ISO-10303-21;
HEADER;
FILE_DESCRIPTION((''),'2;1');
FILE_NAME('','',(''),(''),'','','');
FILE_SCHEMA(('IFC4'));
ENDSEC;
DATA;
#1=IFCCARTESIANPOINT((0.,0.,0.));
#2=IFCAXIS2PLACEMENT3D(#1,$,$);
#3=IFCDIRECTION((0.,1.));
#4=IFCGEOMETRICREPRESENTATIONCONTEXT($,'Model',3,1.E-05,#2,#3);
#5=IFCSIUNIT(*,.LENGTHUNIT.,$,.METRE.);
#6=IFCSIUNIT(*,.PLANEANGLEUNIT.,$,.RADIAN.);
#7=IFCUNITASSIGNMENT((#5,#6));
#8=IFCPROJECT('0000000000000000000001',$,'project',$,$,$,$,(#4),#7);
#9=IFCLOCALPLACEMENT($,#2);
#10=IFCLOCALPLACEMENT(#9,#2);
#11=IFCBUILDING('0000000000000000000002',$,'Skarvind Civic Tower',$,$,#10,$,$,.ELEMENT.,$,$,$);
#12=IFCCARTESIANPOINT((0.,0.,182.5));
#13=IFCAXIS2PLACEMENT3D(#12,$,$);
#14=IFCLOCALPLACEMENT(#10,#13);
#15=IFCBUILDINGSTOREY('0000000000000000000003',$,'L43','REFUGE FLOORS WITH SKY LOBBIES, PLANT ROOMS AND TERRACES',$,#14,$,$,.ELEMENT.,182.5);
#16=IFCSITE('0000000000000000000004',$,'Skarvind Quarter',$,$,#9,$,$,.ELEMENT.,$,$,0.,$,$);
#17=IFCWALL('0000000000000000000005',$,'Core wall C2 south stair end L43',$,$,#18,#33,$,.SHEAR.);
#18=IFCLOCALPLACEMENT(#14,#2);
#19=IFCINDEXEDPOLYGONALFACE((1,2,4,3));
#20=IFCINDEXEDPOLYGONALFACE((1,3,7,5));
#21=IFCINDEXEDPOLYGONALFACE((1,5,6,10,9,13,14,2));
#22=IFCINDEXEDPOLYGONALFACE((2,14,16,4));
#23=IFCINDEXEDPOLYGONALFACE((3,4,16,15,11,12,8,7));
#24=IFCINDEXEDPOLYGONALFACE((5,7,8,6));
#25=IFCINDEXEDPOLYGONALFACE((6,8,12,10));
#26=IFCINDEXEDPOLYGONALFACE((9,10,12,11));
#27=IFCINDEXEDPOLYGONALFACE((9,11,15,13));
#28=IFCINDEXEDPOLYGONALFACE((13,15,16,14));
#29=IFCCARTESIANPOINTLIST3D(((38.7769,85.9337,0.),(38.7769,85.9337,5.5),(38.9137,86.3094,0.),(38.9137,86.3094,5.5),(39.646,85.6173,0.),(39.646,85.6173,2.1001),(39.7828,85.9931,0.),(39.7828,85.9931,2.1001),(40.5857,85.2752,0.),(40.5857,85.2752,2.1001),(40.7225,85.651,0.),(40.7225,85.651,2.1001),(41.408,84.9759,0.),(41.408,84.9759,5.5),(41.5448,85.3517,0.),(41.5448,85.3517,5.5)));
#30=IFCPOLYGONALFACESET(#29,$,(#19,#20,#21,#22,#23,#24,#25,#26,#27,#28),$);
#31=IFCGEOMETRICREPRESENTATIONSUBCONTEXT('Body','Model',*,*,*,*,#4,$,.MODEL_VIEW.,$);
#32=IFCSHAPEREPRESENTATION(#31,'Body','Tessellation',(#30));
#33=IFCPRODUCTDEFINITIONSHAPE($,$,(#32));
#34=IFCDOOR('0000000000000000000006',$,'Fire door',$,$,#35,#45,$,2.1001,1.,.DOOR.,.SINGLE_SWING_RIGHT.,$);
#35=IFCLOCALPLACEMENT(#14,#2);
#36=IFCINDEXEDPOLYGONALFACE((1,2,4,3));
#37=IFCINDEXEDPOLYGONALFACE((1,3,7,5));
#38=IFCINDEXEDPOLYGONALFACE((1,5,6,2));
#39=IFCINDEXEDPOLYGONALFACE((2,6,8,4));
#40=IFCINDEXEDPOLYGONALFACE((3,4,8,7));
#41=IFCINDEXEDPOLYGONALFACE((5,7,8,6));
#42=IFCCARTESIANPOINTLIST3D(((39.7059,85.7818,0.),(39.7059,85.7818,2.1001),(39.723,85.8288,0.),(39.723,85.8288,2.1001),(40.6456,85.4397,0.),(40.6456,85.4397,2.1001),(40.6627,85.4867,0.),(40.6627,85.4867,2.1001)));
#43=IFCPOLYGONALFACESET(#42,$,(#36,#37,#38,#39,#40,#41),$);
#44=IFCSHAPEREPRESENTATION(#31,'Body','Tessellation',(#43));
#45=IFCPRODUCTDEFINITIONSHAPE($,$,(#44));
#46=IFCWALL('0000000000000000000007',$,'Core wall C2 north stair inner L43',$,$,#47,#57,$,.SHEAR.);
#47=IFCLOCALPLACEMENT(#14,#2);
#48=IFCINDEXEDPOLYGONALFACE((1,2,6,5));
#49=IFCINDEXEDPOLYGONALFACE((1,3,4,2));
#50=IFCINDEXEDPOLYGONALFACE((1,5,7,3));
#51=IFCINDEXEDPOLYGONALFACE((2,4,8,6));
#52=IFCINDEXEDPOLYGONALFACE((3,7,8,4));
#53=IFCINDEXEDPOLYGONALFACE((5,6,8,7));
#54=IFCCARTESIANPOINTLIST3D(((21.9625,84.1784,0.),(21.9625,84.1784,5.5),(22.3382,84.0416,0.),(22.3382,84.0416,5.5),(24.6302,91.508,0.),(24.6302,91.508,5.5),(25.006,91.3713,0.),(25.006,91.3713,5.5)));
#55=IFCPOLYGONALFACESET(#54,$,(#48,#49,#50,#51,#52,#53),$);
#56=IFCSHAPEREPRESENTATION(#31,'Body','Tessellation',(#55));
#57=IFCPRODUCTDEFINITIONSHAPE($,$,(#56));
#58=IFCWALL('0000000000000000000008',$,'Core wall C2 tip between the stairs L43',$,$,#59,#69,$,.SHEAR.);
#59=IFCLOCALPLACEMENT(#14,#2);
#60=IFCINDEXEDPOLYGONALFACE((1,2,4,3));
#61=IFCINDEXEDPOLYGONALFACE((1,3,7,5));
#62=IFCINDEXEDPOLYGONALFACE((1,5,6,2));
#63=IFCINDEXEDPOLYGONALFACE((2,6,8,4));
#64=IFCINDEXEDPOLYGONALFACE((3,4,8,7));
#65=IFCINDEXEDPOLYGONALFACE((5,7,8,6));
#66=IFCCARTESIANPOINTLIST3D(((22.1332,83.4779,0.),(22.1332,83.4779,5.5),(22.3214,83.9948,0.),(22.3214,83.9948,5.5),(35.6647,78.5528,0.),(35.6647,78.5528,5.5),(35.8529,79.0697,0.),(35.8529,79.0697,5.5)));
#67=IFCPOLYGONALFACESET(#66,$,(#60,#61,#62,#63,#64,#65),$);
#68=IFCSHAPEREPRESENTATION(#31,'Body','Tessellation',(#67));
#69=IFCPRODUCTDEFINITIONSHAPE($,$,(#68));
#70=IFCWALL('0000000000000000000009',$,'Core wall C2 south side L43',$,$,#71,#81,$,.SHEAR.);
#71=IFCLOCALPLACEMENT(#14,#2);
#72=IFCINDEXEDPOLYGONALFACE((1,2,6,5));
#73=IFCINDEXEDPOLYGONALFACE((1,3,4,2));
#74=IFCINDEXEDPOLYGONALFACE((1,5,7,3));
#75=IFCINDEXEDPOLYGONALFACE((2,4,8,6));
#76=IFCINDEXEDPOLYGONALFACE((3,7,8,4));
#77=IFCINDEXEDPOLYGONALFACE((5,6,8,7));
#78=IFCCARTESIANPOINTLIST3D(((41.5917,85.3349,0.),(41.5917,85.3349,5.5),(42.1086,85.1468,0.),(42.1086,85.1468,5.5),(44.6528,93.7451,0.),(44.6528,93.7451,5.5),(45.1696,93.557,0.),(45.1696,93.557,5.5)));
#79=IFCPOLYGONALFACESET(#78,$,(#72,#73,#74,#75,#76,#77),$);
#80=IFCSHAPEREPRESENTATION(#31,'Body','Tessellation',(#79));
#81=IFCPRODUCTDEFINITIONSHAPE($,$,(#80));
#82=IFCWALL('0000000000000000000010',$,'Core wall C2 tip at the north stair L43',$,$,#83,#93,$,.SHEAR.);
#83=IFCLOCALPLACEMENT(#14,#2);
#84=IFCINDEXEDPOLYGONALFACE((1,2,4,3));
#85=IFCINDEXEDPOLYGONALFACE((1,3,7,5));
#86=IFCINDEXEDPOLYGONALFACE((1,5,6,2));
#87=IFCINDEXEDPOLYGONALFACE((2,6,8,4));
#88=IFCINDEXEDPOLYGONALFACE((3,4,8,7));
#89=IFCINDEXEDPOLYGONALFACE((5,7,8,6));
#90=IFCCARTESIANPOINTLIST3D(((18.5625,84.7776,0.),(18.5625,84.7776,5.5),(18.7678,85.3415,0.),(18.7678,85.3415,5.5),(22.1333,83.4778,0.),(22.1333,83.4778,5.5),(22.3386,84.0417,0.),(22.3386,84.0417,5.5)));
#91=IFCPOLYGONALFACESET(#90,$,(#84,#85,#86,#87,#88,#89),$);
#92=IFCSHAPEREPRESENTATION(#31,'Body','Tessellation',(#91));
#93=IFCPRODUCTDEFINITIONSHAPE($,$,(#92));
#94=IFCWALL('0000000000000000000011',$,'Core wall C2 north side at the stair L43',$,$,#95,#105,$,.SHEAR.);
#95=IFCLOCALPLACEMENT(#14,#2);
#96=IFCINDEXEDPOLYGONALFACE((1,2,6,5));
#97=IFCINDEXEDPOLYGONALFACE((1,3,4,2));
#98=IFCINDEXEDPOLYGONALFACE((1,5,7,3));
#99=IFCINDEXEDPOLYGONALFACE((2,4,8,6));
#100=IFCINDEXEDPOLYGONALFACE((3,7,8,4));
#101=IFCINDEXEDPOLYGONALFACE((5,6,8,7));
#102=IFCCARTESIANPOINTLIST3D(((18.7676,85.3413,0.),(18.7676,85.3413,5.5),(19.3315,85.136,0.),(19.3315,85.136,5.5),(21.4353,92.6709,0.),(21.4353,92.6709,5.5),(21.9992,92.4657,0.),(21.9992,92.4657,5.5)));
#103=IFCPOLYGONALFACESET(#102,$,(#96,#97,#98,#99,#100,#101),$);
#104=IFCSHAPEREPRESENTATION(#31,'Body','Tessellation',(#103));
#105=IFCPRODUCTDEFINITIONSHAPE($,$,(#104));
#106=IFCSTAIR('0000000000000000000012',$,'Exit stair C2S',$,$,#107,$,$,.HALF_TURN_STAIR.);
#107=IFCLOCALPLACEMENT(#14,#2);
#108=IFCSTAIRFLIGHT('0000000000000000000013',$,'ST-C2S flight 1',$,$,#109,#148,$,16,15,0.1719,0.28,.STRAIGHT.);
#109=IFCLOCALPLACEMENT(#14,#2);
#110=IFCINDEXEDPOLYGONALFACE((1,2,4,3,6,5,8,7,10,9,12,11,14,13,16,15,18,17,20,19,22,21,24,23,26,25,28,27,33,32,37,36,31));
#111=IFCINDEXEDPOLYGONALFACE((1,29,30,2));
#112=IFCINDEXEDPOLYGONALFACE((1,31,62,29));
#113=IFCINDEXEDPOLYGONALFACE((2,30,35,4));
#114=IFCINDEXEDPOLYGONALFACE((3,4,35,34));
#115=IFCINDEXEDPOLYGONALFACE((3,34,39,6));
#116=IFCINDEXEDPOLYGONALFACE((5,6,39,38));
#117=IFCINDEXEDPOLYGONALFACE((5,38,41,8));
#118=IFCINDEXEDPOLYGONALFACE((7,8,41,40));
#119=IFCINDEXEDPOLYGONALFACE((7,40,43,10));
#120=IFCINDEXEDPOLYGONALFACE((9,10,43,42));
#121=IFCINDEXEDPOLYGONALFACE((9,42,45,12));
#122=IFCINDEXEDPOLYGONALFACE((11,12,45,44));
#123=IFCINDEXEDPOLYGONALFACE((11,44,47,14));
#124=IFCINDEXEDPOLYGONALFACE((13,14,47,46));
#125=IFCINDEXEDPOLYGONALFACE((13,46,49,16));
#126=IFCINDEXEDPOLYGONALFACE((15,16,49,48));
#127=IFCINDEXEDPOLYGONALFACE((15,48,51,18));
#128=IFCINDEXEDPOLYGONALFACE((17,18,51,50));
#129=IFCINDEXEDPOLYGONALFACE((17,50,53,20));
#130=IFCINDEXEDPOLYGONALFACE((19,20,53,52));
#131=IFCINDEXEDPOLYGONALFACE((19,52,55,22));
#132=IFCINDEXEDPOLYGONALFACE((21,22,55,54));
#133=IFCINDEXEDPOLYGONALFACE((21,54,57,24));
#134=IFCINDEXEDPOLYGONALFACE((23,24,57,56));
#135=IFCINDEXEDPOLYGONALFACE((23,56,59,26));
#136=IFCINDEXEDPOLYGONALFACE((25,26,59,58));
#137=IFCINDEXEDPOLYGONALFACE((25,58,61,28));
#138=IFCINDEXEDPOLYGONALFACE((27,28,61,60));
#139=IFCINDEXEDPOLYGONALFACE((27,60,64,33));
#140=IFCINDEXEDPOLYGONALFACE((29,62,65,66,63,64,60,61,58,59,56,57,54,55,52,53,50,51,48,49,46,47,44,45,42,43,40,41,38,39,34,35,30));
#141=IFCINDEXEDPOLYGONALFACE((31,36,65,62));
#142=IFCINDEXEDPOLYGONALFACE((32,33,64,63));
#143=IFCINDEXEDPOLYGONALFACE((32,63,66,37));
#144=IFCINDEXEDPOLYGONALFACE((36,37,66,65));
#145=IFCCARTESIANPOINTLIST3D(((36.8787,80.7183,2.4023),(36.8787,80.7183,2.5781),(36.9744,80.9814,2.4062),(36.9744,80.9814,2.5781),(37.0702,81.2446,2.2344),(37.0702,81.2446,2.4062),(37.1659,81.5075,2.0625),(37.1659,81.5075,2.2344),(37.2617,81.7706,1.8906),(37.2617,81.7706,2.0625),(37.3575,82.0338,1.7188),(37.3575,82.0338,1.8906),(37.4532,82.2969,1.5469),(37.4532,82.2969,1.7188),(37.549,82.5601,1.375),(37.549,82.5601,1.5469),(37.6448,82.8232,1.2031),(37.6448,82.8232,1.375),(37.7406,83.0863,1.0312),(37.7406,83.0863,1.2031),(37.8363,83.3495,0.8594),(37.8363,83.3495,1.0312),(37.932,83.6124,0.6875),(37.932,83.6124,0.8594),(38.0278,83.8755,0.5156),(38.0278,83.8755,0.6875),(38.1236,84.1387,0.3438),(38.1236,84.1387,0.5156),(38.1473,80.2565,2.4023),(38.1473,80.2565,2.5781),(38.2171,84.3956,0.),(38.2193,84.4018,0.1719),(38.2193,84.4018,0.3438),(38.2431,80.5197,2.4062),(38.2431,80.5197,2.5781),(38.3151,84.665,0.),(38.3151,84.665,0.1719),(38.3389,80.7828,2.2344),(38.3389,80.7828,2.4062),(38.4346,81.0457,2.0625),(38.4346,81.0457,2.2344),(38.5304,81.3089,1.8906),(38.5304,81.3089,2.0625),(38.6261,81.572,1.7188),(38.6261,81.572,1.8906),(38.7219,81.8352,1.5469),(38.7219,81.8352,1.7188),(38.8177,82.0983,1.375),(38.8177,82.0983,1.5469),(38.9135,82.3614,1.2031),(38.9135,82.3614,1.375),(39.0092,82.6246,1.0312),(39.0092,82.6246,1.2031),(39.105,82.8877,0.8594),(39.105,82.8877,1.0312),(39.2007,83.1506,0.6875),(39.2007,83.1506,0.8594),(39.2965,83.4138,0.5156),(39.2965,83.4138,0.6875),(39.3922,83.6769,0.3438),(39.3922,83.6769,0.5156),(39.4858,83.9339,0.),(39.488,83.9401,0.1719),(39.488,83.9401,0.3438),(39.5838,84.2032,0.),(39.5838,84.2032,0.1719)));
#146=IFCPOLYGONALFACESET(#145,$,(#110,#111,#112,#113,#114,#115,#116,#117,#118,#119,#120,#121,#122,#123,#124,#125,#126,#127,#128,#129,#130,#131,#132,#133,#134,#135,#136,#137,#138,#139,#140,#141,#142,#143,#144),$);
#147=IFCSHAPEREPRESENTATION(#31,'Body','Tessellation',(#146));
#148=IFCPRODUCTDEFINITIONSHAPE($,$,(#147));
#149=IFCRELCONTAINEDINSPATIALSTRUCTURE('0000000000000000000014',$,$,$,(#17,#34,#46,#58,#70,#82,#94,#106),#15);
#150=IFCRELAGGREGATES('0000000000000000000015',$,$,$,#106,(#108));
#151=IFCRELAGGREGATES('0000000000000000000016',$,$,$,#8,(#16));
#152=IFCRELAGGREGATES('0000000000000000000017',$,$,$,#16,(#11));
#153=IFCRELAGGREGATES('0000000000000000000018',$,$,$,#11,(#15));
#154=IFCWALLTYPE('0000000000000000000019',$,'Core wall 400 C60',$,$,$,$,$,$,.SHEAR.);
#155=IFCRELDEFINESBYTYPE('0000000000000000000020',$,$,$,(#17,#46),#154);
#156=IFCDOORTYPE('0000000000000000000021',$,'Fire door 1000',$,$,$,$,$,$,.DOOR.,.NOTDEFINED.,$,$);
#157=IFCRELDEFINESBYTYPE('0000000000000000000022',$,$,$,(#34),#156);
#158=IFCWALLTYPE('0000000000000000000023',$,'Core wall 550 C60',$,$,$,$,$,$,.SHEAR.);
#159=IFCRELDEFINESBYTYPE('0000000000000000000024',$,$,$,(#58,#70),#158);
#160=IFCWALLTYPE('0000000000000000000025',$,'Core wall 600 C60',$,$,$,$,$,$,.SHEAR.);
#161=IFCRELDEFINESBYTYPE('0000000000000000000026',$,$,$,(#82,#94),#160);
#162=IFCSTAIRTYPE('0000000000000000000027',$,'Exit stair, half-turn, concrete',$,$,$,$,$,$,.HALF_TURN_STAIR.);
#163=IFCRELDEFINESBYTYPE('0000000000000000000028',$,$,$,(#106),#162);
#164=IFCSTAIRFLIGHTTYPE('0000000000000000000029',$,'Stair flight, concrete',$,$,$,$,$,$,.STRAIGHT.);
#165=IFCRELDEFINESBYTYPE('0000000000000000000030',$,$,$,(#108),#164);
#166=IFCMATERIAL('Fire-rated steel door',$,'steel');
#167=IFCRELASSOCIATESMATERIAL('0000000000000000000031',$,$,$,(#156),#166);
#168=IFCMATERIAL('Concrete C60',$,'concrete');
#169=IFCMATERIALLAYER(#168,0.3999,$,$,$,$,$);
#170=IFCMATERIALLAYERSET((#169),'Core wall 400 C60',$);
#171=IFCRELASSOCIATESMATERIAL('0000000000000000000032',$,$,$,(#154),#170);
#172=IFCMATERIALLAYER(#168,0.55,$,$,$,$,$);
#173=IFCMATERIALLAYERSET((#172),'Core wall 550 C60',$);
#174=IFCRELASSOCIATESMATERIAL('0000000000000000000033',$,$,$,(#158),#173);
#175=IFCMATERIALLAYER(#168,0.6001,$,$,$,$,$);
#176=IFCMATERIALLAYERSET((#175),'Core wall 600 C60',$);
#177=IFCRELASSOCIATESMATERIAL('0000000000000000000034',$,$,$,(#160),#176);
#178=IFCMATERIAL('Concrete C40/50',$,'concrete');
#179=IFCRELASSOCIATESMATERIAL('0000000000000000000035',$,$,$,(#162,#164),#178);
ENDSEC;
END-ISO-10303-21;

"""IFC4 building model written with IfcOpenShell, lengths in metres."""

from ifc_helpers import new_model, si_unit, direction, frame, frame_2d, origin, place, context, subcontext, project, spatial, polyline, rectangle, outline, extrude, material, layer, layer_set, type_object, element, fill, aggregate, save


model = new_model("IFC4")

# Units and contexts
model_context = context("Model", 3, precision=1e-05, world=origin(), true_north=direction((0.0, 1.0)))
body_context = subcontext(model_context, "Body", "Model", "MODEL_VIEW")
ifc_project = project(units=[si_unit("LENGTHUNIT", "METRE"), si_unit("PLANEANGLEUNIT", "RADIAN")], contexts=[model_context])

# Site, building, storey
site_placement = place(None, origin())
site = spatial("IfcSite", under=ifc_project, at=site_placement, Name="Skarvind Quarter", CompositionType="ELEMENT", RefElevation=0.0)
building_placement = place(site_placement, origin())
building = spatial("IfcBuilding", under=site, at=building_placement, Name="Skarvind Civic Tower", CompositionType="ELEMENT")
storey_placement = place(building_placement, frame((0.0, 0.0, 182.5)))
storey = spatial("IfcBuildingStorey", under=building, at=storey_placement, Name="L43", Description="REFUGE FLOORS WITH SKY LOBBIES, PLANT ROOMS AND TERRACES", CompositionType="ELEMENT", Elevation=182.5)

# Shared definitions
ifc_material_1 = material(Name="Concrete C60", Category="concrete")
ifc_material_2 = material(Name="Fire-rated steel door", Category="steel")
door_type_1 = type_object("IfcDoorType", Name="Fire door 1000", OperationType="NOTDEFINED", PredefinedType="DOOR", material=ifc_material_2)

# Shared definitions
ifc_layer_1 = layer(ifc_material_1, 0.3999)
ifc_layer_set_1 = layer_set([ifc_layer_1], Name="Core wall 400 C60")
wall_type_1 = type_object("IfcWallType", Name="Core wall 400 C60", PredefinedType="SHEAR", material=ifc_layer_set_1)

# Wall, opening, door
wall_1_placement = place(storey_placement, frame((41.4763, 85.1638, 0.0), z_axis=(0.0, 0.0, 1.0), x_axis=(-0.939679, 0.342058, 0.0)))
wall_1 = element("IfcWall", 1, at=wall_1_placement, inside=storey, type_object=wall_type_1, Name="Core wall C2 south stair end L43", PredefinedType="SHEAR", context=body_context, shape_type="SweptSolid", body=[
    extrude(rectangle(XDim=2.8, YDim=0.3999, at=frame_2d((1.3999, 0.0))), origin(), (0.0, 0.0, 1.0), 5.5),
])
opening_1_placement = place(wall_1_placement, frame((0.875, 0.0, 0.0)))
opening_1 = element("IfcOpeningElement", 2, at=opening_1_placement, cuts=wall_1, PredefinedType="OPENING", context=body_context, shape_type="SweptSolid", body=[
    extrude(rectangle(XDim=1.0, YDim=2.1001, at=frame_2d((0.5, 1.05))), frame((0.0, 0.21, 0.0), z_axis=(0.0, -1.0, 0.0), x_axis=(1.0, 0.0, 0.0)), (0.0, 0.0, 1.0), 0.4199),
])
door_1_placement = place(opening_1_placement, origin())
door_1 = element("IfcDoor", 3, at=door_1_placement, inside=storey, type_object=door_type_1, Name="Fire door", OperationType="SINGLE_SWING_RIGHT", OverallHeight=2.1001, OverallWidth=1.0, PredefinedType="DOOR", context=body_context, shape_type="SweptSolid", body=[
    extrude(rectangle(XDim=1.0, YDim=2.1001, at=frame_2d((0.5, 1.05))), frame((0.0, 0.0249, 0.0), z_axis=(0.0, -1.0, 0.0), x_axis=(1.0, 0.0, 0.0)), (0.0, 0.0, 1.0), 0.05),
])
fill(opening_1, door_1)

# Walls
wall_2_placement = place(storey_placement, frame((22.1504, 84.1101, 0.0), z_axis=(0.0, 0.0, 1.0), x_axis=(0.342017, 0.939694, 0.0)))
element("IfcWall", 4, at=wall_2_placement, inside=storey, type_object=wall_type_1, Name="Core wall C2 north stair inner L43", PredefinedType="SHEAR", context=body_context, shape_type="SweptSolid", body=[
    extrude(rectangle(XDim=7.8, YDim=0.3999, at=frame_2d((3.8999, 0.0))), origin(), (0.0, 0.0, 1.0), 5.5),
])
ifc_layer_2 = layer(ifc_material_1, 0.55)
ifc_layer_set_2 = layer_set([ifc_layer_2], Name="Core wall 550 C60")
wall_type_2 = type_object("IfcWallType", Name="Core wall 550 C60", PredefinedType="SHEAR", material=ifc_layer_set_2)
wall_3_placement = place(storey_placement, frame((35.7588, 78.8113, 0.0), z_axis=(0.0, 0.0, 1.0), x_axis=(-0.939693, 0.342019, 0.0)))
element("IfcWall", 5, at=wall_3_placement, inside=storey, type_object=wall_type_2, Name="Core wall C2 tip between the stairs L43", PredefinedType="SHEAR", context=body_context, shape_type="SweptSolid", body=[
    extrude(rectangle(XDim=14.3999, YDim=0.55, at=frame_2d((7.2, 0.0))), origin(), (0.0, 0.0, 1.0), 5.5),
])
wall_4_placement = place(storey_placement, frame((41.8501, 85.2407, 0.0), z_axis=(0.0, 0.0, 1.0), x_axis=(0.342019, 0.939693, 0.0)))
element("IfcWall", 6, at=wall_4_placement, inside=storey, type_object=wall_type_2, Name="Core wall C2 south side L43", PredefinedType="SHEAR", context=body_context, shape_type="SweptSolid", body=[
    extrude(rectangle(XDim=8.95, YDim=0.55, at=frame_2d((4.4751, 0.0))), origin(), (0.0, 0.0, 1.0), 5.5),
])
ifc_layer_3 = layer(ifc_material_1, 0.6001)
ifc_layer_set_3 = layer_set([ifc_layer_3], Name="Core wall 600 C60")
wall_type_3 = type_object("IfcWallType", Name="Core wall 600 C60", PredefinedType="SHEAR", material=ifc_layer_set_3)
wall_5_placement = place(storey_placement, frame((22.2358, 83.7598, 0.0), z_axis=(0.0, 0.0, 1.0), x_axis=(-0.939681, 0.342053, 0.0)))
element("IfcWall", 7, at=wall_5_placement, inside=storey, type_object=wall_type_3, Name="Core wall C2 tip at the north stair L43", PredefinedType="SHEAR", context=body_context, shape_type="SweptSolid", body=[
    extrude(rectangle(XDim=3.8, YDim=0.6001, at=frame_2d((1.8999, 0.0))), origin(), (0.0, 0.0, 1.0), 5.5),
])
wall_6_placement = place(storey_placement, frame((19.0496, 85.2388, 0.0), z_axis=(0.0, 0.0, 1.0), x_axis=(0.342017, 0.939694, 0.0)))
element("IfcWall", 8, at=wall_6_placement, inside=storey, type_object=wall_type_3, Name="Core wall C2 north side at the stair L43", PredefinedType="SHEAR", context=body_context, shape_type="SweptSolid", body=[
    extrude(rectangle(XDim=7.8, YDim=0.6001, at=frame_2d((3.8999, 0.0))), origin(), (0.0, 0.0, 1.0), 5.5),
])

# Stair, stair flight
ifc_material_3 = material(Name="Concrete C40/50", Category="concrete")
stair_type = type_object("IfcStairType", Name="Exit stair, half-turn, concrete", PredefinedType="HALF_TURN_STAIR", material=ifc_material_3)
stair_placement = place(storey_placement, origin())
stair = element("IfcStair", 9, at=stair_placement, inside=storey, type_object=stair_type, Name="Exit stair C2S", PredefinedType="HALF_TURN_STAIR")
stair_flight_type = type_object("IfcStairFlightType", Name="Stair flight, concrete", PredefinedType="STRAIGHT", material=ifc_material_3)
stair_flight_1_placement = place(storey_placement, frame((38.9495, 84.4341, 0.0), z_axis=(0.0, 0.0, 1.0), x_axis=(-0.34202, -0.939693, 0.0)))
stair_flight_1 = element("IfcStairFlight", 10, at=stair_flight_1_placement, type_object=stair_flight_type, Name="ST-C2S flight 1", NumberOfRisers=16, NumberOfTreads=15, PredefinedType="STRAIGHT", RiserHeight=0.1719, TreadLength=0.28, context=body_context, shape_type="SweptSolid", body=[
    extrude(outline(polyline([(0.0, 0.0), (0.0, 0.1719), (0.28, 0.1719), (0.28, 0.3438), (0.5601, 0.3438), (0.5601, 0.5156), (0.8401, 0.5156), (0.8401, 0.6875), (1.1201, 0.6875), (1.1201, 0.8594), (1.3999, 0.8594), (1.3999, 1.0312), (1.6799, 1.0312), (1.6799, 1.2031), (1.96, 1.2031), (1.96, 1.375), (2.24, 1.375), (2.24, 1.5469), (2.52, 1.5469), (2.52, 1.7188), (2.8, 1.7188), (2.8, 1.8906), (3.0801, 1.8906), (3.0801, 2.0625), (3.3601, 2.0625), (3.3601, 2.2344), (3.6399, 2.2344), (3.6399, 2.4062), (3.9199, 2.4062), (3.9199, 2.5781), (4.2, 2.5781), (4.2, 2.75), (4.2, 2.4023), (0.2866, 0.0), (0.0, 0.0)])), frame((0.0, 0.675, 0.0), z_axis=(0.0, -1.0, 0.0), x_axis=(1.0, 0.0, 0.0)), (0.0, 0.0, 1.0), 1.3501),
])
aggregate(stair, [stair_flight_1])

save(model, "model.ifc")
